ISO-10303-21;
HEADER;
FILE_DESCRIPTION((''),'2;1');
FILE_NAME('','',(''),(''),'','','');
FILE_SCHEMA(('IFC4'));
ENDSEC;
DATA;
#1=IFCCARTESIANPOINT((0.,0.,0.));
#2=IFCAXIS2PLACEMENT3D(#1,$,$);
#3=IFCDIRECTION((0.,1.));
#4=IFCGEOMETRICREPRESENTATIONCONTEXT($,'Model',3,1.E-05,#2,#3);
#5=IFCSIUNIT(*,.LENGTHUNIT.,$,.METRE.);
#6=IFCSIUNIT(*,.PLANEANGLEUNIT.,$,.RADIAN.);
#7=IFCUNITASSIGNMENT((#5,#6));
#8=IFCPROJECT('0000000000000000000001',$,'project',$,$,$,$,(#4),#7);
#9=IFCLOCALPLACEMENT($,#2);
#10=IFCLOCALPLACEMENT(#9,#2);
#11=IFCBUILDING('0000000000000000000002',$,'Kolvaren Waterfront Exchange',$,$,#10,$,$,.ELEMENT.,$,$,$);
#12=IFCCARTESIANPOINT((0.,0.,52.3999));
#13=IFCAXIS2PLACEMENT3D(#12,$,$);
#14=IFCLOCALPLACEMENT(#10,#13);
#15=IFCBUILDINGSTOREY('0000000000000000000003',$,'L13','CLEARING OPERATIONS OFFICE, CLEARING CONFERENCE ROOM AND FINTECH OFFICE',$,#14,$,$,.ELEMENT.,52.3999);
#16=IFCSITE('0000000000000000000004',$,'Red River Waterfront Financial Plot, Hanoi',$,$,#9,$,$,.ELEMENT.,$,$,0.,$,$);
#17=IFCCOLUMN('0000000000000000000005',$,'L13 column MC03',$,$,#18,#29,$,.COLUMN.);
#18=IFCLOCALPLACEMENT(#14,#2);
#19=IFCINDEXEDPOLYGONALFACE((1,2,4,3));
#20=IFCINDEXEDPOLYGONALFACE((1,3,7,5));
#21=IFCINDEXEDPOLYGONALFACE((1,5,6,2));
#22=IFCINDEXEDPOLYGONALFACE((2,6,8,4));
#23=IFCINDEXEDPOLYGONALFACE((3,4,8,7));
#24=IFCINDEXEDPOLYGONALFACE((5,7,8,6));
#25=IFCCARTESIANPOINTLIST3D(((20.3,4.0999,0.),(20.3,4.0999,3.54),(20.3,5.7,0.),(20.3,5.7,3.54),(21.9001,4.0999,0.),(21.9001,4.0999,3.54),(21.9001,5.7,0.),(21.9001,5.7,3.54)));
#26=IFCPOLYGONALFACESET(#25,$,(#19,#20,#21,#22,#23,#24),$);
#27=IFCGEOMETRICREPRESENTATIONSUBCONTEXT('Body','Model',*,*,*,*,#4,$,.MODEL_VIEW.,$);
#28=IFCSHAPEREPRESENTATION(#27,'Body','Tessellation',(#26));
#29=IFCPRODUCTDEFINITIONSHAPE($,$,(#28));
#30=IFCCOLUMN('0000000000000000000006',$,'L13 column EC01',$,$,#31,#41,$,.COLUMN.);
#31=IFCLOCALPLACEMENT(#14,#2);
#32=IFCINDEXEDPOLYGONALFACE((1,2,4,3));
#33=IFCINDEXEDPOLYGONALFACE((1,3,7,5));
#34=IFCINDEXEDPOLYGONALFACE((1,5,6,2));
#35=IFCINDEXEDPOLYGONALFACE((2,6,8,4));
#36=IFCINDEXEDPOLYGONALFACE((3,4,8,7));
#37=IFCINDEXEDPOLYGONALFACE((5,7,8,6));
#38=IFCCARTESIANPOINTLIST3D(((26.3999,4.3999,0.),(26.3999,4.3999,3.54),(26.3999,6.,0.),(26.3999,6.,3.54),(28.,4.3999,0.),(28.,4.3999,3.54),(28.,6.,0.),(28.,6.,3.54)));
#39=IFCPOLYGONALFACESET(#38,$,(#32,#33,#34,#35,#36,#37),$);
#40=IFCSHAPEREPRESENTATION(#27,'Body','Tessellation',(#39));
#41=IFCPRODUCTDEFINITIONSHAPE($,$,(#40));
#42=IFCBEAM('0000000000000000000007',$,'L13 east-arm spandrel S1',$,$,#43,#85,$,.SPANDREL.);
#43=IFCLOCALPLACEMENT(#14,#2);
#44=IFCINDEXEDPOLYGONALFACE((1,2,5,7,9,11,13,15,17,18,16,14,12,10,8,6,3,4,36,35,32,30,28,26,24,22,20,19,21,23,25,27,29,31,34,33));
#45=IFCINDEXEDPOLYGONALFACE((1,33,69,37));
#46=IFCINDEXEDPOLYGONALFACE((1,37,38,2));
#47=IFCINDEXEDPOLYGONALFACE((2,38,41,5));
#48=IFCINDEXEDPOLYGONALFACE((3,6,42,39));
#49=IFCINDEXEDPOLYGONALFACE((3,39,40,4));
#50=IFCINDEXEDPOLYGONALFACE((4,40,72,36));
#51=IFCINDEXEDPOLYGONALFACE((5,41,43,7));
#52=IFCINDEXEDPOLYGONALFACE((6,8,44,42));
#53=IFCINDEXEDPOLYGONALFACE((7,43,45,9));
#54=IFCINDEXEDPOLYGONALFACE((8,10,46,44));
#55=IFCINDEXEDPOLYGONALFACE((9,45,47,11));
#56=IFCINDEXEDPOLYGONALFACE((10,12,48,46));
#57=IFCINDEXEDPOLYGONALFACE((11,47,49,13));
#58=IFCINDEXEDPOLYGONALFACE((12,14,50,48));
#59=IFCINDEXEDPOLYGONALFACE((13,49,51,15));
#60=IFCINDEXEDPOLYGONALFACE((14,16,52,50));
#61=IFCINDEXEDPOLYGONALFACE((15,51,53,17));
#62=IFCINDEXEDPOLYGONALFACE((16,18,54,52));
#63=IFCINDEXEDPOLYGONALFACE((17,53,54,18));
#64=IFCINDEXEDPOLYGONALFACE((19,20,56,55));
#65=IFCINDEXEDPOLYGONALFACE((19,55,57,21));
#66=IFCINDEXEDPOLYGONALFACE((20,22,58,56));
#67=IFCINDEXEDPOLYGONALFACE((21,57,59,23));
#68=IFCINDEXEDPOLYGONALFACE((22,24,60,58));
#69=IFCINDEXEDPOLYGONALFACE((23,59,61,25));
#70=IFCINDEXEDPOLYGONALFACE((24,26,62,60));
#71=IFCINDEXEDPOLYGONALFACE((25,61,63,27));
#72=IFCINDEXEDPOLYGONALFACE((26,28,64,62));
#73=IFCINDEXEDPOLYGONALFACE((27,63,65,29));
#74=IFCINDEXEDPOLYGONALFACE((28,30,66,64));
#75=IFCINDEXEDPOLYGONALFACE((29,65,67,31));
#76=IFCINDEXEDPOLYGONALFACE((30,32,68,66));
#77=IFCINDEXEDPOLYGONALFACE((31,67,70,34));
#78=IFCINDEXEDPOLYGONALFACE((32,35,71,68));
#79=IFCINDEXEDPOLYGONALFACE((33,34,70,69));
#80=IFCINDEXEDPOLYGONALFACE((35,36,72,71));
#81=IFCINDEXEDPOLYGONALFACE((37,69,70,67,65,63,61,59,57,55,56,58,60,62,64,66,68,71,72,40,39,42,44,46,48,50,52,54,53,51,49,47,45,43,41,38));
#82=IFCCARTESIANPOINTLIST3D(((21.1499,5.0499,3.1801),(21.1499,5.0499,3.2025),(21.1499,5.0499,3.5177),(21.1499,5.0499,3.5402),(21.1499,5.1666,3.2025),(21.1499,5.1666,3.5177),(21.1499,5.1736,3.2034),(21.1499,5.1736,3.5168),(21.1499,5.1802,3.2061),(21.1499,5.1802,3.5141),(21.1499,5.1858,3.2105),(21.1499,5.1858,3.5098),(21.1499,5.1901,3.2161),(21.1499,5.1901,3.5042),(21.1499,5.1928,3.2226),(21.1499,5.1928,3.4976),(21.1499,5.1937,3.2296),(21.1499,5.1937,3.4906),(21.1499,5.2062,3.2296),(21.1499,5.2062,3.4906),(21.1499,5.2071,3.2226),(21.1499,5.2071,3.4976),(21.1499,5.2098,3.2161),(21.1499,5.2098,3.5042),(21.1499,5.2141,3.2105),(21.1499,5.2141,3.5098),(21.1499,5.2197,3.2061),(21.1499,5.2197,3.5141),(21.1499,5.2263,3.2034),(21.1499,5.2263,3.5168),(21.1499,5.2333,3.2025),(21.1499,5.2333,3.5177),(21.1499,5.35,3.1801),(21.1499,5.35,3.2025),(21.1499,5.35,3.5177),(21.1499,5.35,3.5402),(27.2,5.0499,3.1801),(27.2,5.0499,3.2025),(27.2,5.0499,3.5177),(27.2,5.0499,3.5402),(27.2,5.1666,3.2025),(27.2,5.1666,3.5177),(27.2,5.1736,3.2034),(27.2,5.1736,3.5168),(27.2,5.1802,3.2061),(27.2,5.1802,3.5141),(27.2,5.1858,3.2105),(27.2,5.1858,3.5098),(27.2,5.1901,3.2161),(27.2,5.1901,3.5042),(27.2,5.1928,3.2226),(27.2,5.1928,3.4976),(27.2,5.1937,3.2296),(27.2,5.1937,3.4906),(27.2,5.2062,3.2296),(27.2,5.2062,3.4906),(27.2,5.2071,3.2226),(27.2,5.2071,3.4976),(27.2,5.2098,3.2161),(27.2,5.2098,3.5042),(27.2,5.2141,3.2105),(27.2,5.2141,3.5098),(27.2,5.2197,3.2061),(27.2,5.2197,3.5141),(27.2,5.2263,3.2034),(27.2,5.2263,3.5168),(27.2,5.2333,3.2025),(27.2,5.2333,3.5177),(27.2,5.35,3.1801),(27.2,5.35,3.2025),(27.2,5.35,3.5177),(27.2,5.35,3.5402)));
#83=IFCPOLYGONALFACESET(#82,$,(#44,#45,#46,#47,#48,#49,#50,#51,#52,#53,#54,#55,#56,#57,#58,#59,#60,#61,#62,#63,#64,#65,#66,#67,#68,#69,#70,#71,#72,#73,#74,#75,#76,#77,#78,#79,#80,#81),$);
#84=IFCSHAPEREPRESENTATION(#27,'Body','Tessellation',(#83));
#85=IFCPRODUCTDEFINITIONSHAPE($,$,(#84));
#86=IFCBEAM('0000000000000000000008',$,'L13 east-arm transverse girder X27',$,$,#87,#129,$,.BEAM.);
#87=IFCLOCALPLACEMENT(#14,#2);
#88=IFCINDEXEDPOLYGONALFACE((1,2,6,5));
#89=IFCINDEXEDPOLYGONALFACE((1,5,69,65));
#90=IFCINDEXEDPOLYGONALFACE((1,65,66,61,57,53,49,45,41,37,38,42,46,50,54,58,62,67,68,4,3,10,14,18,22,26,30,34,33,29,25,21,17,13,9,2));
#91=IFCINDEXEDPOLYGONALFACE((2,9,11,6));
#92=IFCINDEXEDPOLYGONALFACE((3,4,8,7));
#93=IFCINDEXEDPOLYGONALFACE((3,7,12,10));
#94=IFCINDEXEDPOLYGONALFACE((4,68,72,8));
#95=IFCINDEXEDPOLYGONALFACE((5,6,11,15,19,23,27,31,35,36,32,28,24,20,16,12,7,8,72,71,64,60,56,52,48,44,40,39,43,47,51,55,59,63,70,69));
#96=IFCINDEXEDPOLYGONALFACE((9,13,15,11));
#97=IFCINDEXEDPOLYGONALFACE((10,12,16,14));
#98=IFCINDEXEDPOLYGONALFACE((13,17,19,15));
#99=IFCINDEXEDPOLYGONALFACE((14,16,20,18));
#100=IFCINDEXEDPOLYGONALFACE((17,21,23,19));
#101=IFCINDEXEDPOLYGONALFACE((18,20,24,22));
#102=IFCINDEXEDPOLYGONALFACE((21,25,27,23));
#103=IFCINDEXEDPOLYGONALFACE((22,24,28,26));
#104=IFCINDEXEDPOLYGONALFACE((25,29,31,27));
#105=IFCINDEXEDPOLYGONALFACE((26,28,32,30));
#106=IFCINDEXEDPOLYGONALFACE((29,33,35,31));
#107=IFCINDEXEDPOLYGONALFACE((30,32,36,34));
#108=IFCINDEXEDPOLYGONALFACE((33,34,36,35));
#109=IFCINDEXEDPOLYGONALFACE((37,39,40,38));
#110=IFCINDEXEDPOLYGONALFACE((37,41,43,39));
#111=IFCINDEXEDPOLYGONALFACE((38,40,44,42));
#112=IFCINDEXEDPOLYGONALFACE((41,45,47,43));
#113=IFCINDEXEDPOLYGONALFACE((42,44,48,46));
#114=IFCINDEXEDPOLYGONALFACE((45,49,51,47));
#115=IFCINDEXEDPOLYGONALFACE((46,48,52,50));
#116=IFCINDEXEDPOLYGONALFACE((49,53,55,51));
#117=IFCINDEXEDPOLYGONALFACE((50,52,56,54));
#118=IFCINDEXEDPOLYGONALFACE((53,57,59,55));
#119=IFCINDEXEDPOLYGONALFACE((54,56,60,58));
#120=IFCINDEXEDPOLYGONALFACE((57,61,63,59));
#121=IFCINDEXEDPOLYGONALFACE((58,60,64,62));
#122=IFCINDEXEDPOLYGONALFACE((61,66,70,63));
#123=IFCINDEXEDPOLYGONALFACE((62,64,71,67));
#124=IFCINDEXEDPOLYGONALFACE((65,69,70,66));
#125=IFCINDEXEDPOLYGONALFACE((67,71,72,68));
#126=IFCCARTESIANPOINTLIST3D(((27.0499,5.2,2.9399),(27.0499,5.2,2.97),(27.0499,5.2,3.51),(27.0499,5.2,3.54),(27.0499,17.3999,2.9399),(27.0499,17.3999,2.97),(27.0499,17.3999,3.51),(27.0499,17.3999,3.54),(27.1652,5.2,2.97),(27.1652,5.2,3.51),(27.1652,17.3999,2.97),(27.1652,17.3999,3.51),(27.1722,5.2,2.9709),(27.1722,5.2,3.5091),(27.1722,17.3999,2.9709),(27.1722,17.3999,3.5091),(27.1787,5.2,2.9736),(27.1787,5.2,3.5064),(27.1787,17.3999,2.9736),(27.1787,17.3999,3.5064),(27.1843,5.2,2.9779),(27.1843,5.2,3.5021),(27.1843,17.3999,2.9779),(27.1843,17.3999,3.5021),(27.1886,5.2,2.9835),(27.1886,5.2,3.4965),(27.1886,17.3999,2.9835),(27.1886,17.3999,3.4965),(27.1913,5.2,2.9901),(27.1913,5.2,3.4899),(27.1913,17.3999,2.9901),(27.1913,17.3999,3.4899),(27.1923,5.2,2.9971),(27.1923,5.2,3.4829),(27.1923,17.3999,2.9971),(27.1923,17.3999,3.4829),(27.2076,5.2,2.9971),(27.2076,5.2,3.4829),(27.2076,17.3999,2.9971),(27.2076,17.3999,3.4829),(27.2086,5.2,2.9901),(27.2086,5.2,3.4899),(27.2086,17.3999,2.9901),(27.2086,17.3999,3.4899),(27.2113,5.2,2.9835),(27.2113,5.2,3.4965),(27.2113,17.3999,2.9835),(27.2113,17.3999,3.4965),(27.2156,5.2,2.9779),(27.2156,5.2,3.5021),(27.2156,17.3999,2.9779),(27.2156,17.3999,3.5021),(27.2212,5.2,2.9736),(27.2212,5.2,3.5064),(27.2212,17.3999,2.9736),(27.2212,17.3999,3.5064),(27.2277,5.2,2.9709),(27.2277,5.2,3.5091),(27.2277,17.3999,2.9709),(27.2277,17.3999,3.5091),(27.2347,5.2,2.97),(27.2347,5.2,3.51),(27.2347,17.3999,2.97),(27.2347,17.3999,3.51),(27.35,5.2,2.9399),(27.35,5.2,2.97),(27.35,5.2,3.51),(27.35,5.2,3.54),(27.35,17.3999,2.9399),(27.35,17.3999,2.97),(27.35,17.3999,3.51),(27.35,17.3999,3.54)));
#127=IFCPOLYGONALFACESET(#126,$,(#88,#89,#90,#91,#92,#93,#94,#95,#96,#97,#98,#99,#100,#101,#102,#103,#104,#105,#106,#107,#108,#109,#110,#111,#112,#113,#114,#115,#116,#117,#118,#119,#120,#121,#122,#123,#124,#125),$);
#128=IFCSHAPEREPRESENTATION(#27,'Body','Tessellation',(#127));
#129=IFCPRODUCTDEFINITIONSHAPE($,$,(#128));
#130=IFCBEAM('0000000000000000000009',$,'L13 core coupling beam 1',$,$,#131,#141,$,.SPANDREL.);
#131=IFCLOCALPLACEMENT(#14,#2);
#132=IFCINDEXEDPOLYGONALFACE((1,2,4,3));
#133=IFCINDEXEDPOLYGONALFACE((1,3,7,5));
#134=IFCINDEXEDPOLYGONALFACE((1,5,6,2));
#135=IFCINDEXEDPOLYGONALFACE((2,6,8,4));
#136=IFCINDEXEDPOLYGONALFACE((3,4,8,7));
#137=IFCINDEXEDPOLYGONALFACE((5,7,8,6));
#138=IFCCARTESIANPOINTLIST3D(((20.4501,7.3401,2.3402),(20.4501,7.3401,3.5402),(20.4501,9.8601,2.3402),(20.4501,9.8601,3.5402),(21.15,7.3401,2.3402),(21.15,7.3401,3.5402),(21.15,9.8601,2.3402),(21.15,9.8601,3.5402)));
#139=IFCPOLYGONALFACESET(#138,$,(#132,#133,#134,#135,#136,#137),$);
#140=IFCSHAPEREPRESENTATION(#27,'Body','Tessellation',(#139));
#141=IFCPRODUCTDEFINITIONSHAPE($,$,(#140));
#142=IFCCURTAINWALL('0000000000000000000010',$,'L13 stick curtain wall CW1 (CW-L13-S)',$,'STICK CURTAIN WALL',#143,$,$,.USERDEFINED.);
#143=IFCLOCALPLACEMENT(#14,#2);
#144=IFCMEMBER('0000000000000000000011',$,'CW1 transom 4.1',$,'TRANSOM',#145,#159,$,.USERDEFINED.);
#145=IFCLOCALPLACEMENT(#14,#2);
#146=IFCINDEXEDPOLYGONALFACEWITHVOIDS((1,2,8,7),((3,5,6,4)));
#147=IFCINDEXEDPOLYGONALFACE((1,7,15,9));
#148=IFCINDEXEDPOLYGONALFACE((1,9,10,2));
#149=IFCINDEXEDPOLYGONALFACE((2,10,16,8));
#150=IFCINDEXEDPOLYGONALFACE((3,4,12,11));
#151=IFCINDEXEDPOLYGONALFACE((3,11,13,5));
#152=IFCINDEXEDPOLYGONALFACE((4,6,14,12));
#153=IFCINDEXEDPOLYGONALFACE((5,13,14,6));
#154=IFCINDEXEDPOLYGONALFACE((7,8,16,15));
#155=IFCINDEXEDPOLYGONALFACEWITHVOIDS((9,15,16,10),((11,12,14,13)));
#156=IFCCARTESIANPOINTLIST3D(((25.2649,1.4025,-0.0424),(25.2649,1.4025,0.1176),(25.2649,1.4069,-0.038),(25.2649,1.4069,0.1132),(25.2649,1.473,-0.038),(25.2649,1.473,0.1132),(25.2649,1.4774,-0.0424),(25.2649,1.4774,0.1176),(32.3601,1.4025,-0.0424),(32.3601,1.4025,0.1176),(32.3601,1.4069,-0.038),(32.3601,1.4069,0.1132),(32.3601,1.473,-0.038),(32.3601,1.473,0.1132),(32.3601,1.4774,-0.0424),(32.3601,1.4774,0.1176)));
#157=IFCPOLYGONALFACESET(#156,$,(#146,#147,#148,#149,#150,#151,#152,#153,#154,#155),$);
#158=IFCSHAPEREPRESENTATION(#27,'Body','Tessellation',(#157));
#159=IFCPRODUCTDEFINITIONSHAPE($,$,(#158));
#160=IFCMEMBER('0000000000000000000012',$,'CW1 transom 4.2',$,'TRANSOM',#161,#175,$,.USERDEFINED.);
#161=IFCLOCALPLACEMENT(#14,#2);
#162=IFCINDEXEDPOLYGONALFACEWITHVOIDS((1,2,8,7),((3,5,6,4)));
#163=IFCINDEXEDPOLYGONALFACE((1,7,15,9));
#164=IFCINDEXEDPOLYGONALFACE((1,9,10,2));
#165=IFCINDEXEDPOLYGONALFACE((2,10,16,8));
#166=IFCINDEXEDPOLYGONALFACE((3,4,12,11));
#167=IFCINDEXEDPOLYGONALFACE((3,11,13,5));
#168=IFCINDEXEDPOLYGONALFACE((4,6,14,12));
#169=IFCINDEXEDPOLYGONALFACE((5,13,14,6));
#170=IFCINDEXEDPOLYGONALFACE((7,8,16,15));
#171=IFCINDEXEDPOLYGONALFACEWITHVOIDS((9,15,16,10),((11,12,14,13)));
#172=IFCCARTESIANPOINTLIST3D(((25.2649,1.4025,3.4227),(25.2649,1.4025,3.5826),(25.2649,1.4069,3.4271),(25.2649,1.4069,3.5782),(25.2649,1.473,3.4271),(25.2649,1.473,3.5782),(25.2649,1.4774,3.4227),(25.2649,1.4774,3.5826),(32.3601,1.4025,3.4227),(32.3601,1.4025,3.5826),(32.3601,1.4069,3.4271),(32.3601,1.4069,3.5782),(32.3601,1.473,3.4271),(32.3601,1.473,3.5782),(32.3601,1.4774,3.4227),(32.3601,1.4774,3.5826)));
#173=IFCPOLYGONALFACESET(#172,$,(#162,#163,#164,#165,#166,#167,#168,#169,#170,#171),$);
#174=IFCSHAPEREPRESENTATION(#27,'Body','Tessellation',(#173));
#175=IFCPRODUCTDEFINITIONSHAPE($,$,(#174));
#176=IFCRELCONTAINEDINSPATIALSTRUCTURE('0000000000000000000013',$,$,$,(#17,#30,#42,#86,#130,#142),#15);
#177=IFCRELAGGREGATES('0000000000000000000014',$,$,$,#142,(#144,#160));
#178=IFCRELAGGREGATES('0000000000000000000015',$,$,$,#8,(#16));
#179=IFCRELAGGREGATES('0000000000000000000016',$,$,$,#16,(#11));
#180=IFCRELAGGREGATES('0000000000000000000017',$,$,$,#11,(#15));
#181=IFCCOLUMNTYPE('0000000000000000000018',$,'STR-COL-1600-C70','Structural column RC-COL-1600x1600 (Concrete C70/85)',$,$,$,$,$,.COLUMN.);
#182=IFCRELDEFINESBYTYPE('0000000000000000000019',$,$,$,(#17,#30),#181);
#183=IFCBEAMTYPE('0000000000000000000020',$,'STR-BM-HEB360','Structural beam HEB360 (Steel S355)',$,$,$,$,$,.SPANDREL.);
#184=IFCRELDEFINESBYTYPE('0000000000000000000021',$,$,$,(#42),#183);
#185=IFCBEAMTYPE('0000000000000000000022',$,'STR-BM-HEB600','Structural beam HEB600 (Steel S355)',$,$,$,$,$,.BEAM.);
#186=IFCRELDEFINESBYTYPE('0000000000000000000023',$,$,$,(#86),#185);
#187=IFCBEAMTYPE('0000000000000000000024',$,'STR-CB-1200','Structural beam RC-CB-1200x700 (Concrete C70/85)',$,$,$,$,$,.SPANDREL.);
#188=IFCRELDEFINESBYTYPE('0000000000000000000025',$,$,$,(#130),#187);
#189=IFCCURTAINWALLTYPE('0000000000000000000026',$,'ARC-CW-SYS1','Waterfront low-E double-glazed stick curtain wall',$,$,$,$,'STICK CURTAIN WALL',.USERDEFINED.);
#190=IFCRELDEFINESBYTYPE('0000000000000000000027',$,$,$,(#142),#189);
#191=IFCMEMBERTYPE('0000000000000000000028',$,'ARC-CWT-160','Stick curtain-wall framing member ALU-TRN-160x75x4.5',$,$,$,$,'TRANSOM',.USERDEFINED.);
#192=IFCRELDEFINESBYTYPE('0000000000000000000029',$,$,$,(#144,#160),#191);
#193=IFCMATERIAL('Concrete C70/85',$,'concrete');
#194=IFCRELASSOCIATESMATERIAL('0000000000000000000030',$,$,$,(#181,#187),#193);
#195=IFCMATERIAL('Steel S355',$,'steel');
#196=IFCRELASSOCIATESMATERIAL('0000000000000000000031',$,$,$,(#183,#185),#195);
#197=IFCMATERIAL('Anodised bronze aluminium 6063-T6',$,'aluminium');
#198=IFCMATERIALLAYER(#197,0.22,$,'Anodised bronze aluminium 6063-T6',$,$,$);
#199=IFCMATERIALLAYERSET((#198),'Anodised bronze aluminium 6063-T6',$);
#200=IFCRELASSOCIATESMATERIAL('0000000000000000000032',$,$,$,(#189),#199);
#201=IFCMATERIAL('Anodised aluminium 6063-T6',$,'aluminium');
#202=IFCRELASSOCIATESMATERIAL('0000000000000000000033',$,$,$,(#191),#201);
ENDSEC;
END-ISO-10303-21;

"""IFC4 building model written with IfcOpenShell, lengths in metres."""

from ifc_helpers import new_model, si_unit, direction, frame, origin, origin_with_axes, origin_2d, place, context, subcontext, project, spatial, rectangle, hollow_rectangle, i_section, extrude, source, transform, mapped, material, layer, layer_set, material_profile, profile_set, type_object, element, aggregate, save


model = new_model("IFC4")

# Units and contexts
model_context = context("Model", 3, precision=1e-05, world=origin(), true_north=direction((0.0, 1.0)))
body_context = subcontext(model_context, "Body", "Model", "MODEL_VIEW")
ifc_project = project(units=[si_unit("LENGTHUNIT", "METRE"), si_unit("PLANEANGLEUNIT", "RADIAN")], contexts=[model_context])

# Site, building, storey
site_placement = place(None, origin())
site = spatial("IfcSite", under=ifc_project, at=site_placement, Name="Red River Waterfront Financial Plot, Hanoi", CompositionType="ELEMENT", RefElevation=0.0)
building_placement = place(site_placement, origin())
building = spatial("IfcBuilding", under=site, at=building_placement, Name="Kolvaren Waterfront Exchange", CompositionType="ELEMENT")
storey_placement = place(building_placement, frame((0.0, 0.0, 52.3999)))
storey = spatial("IfcBuildingStorey", under=building, at=storey_placement, Name="L13", Description="CLEARING OPERATIONS OFFICE, CLEARING CONFERENCE ROOM AND FINTECH OFFICE", CompositionType="ELEMENT", Elevation=52.3999)

# Columns
ifc_material_1 = material(Name="Concrete C70/85", Category="concrete")
ifc_material_profile_1 = material_profile(ifc_material_1, rectangle(XDim=1.6001, YDim=1.6001, at=origin_2d()), Name="RC-COL-1600x1600")
ifc_profile_set_1 = profile_set([ifc_material_profile_1], Name="Concrete C70/85")
column_type = type_object("IfcColumnType", Name="STR-COL-1600-C70", Description="Structural column RC-COL-1600x1600 (Concrete C70/85)", PredefinedType="COLUMN", material=ifc_profile_set_1)
for number, where, z_axis, x_axis, name in (
    (1, (21.1001, 4.8999, 0.0), (0.0, 0.0, 1.0), (1.0, 0.0, 0.0), "L13 column MC03"),
    (2, (27.2, 5.2, 0.0), (0.0, 0.0, 1.0), (1.0, 0.0, 0.0), "L13 column EC01"),
):
    element("IfcColumn", number, at=place(storey_placement, frame(where, z_axis=z_axis, x_axis=x_axis)), inside=storey, type_object=column_type, Name=name, PredefinedType="COLUMN", context=body_context, shape_type="SweptSolid", body=[
        extrude(rectangle(XDim=1.6001, YDim=1.6001, at=origin_2d()), origin(), (0.0, 0.0, 1.0), 3.54),
    ])

# Beams
ifc_material_2 = material(Name="Steel S355", Category="steel")
ifc_material_profile_2 = material_profile(ifc_material_2, i_section(OverallWidth=0.3, OverallDepth=0.3601, WebThickness=0.0125, FlangeThickness=0.0225, FilletRadius=0.0271, at=origin_2d()), Name="HEB360")
ifc_profile_set_2 = profile_set([ifc_material_profile_2], Name="Steel S355")
beam_type_1 = type_object("IfcBeamType", Name="STR-BM-HEB360", Description="Structural beam HEB360 (Steel S355)", PredefinedType="SPANDREL", material=ifc_profile_set_2)
beam_1_placement = place(storey_placement, frame((21.1499, 5.2, 3.3601), z_axis=(1.0, 0.0, 0.0), x_axis=(0.0, 1.0, 0.0)))
element("IfcBeam", 3, at=beam_1_placement, inside=storey, type_object=beam_type_1, Name="L13 east-arm spandrel S1", PredefinedType="SPANDREL", context=body_context, shape_type="SweptSolid", body=[
    extrude(i_section(OverallWidth=0.3, OverallDepth=0.3601, WebThickness=0.0125, FlangeThickness=0.0225, FilletRadius=0.0271, at=origin_2d()), origin(), (0.0, 0.0, 1.0), 6.05),
])
ifc_material_profile_3 = material_profile(ifc_material_2, i_section(OverallWidth=0.3, OverallDepth=0.6001, WebThickness=0.0154, FlangeThickness=0.03, FilletRadius=0.0271, at=origin_2d()), Name="HEB600")
ifc_profile_set_3 = profile_set([ifc_material_profile_3], Name="Steel S355")
beam_type_2 = type_object("IfcBeamType", Name="STR-BM-HEB600", Description="Structural beam HEB600 (Steel S355)", PredefinedType="BEAM", material=ifc_profile_set_3)
beam_2_placement = place(storey_placement, frame((27.2, 5.2, 3.24), z_axis=(0.0, 1.0, 0.0), x_axis=(-1.0, 0.0, 0.0)))
element("IfcBeam", 4, at=beam_2_placement, inside=storey, type_object=beam_type_2, Name="L13 east-arm transverse girder X27", PredefinedType="BEAM", context=body_context, shape_type="SweptSolid", body=[
    extrude(i_section(OverallWidth=0.3, OverallDepth=0.6001, WebThickness=0.0154, FlangeThickness=0.03, FilletRadius=0.0271, at=origin_2d()), origin(), (0.0, 0.0, 1.0), 12.2),
])
ifc_material_profile_4 = material_profile(ifc_material_1, rectangle(XDim=0.7, YDim=1.2, at=origin_2d()), Name="RC-CB-1200x700")
ifc_profile_set_4 = profile_set([ifc_material_profile_4], Name="Concrete C70/85")
beam_type_3 = type_object("IfcBeamType", Name="STR-CB-1200", Description="Structural beam RC-CB-1200x700 (Concrete C70/85)", PredefinedType="SPANDREL", material=ifc_profile_set_4)
beam_3_placement = place(storey_placement, frame((20.8, 7.3401, 2.9402), z_axis=(0.0, 1.0, 0.0), x_axis=(-1.0, 0.0, 0.0)))
element("IfcBeam", 5, at=beam_3_placement, inside=storey, type_object=beam_type_3, Name="L13 core coupling beam 1", PredefinedType="SPANDREL", context=body_context, shape_type="SweptSolid", body=[
    extrude(rectangle(XDim=0.7, YDim=1.2, at=origin_2d()), origin(), (0.0, 0.0, 1.0), 2.52),
])

# Curtain wall, members
ifc_material_3 = material(Name="Anodised bronze aluminium 6063-T6", Category="aluminium")
ifc_layer_1 = layer(ifc_material_3, 0.22, Name="Anodised bronze aluminium 6063-T6")
ifc_layer_set_1 = layer_set([ifc_layer_1], Name="Anodised bronze aluminium 6063-T6")
curtain_wall_type = type_object("IfcCurtainWallType", Name="ARC-CW-SYS1", Description="Waterfront low-E double-glazed stick curtain wall", ElementType="STICK CURTAIN WALL", PredefinedType="USERDEFINED", material=ifc_layer_set_1)
curtain_wall_placement = place(storey_placement, origin())
curtain_wall = element("IfcCurtainWall", 6, at=curtain_wall_placement, inside=storey, type_object=curtain_wall_type, Name="L13 stick curtain wall CW1 (CW-L13-S)", ObjectType="STICK CURTAIN WALL", PredefinedType="USERDEFINED")
ifc_material_4 = material(Name="Anodised aluminium 6063-T6", Category="aluminium")
ifc_material_profile_5 = material_profile(ifc_material_4, hollow_rectangle(XDim=0.075, YDim=0.1599, WallThickness=0.0044, at=origin_2d()), Name="ALU-TRN-160x75x4.5")
ifc_profile_set_5 = profile_set([ifc_material_profile_5], Name="Anodised aluminium 6063-T6")
member_type_1 = type_object("IfcMemberType", Name="ARC-CWT-160", Description="Stick curtain-wall framing member ALU-TRN-160x75x4.5", ElementType="TRANSOM", PredefinedType="USERDEFINED", material=ifc_profile_set_5)
shared_shape_1 = source(origin_with_axes(), body_context, "Body", "SweptSolid", [
    extrude(hollow_rectangle(XDim=0.075, YDim=0.1599, WallThickness=0.0044, at=origin_2d()), origin(), (0.0, 0.0, 1.0), 7.0952),
])
member_1_placement = place(storey_placement, frame((25.2649, 1.4399, 0.0376), z_axis=(1.0, 0.0, 0.0), x_axis=(0.0, 1.0, 0.0)))
member_1 = element("IfcMember", 7, at=member_1_placement, type_object=member_type_1, Name="CW1 transom 4.1", ObjectType="TRANSOM", PredefinedType="USERDEFINED", context=body_context, shape_type="MappedRepresentation", body=[
    mapped(shared_shape_1, transform((0.0, 0.0, 0.0), x_axis=(1.0, 0.0, 0.0), y_axis=(0.0, 1.0, 0.0), z_axis=(0.0, 0.0, 1.0), scale=1.0)),
])
member_2_placement = place(storey_placement, frame((25.2649, 1.4399, 3.5027), z_axis=(1.0, 0.0, 0.0), x_axis=(0.0, 1.0, 0.0)))
member_2 = element("IfcMember", 8, at=member_2_placement, type_object=member_type_1, Name="CW1 transom 4.2", ObjectType="TRANSOM", PredefinedType="USERDEFINED", context=body_context, shape_type="MappedRepresentation", body=[
    mapped(shared_shape_1, transform((0.0, 0.0, 0.0), x_axis=(1.0, 0.0, 0.0), y_axis=(0.0, 1.0, 0.0), z_axis=(0.0, 0.0, 1.0), scale=1.0)),
])
aggregate(curtain_wall, [member_1, member_2])

save(model, "model.ifc")
